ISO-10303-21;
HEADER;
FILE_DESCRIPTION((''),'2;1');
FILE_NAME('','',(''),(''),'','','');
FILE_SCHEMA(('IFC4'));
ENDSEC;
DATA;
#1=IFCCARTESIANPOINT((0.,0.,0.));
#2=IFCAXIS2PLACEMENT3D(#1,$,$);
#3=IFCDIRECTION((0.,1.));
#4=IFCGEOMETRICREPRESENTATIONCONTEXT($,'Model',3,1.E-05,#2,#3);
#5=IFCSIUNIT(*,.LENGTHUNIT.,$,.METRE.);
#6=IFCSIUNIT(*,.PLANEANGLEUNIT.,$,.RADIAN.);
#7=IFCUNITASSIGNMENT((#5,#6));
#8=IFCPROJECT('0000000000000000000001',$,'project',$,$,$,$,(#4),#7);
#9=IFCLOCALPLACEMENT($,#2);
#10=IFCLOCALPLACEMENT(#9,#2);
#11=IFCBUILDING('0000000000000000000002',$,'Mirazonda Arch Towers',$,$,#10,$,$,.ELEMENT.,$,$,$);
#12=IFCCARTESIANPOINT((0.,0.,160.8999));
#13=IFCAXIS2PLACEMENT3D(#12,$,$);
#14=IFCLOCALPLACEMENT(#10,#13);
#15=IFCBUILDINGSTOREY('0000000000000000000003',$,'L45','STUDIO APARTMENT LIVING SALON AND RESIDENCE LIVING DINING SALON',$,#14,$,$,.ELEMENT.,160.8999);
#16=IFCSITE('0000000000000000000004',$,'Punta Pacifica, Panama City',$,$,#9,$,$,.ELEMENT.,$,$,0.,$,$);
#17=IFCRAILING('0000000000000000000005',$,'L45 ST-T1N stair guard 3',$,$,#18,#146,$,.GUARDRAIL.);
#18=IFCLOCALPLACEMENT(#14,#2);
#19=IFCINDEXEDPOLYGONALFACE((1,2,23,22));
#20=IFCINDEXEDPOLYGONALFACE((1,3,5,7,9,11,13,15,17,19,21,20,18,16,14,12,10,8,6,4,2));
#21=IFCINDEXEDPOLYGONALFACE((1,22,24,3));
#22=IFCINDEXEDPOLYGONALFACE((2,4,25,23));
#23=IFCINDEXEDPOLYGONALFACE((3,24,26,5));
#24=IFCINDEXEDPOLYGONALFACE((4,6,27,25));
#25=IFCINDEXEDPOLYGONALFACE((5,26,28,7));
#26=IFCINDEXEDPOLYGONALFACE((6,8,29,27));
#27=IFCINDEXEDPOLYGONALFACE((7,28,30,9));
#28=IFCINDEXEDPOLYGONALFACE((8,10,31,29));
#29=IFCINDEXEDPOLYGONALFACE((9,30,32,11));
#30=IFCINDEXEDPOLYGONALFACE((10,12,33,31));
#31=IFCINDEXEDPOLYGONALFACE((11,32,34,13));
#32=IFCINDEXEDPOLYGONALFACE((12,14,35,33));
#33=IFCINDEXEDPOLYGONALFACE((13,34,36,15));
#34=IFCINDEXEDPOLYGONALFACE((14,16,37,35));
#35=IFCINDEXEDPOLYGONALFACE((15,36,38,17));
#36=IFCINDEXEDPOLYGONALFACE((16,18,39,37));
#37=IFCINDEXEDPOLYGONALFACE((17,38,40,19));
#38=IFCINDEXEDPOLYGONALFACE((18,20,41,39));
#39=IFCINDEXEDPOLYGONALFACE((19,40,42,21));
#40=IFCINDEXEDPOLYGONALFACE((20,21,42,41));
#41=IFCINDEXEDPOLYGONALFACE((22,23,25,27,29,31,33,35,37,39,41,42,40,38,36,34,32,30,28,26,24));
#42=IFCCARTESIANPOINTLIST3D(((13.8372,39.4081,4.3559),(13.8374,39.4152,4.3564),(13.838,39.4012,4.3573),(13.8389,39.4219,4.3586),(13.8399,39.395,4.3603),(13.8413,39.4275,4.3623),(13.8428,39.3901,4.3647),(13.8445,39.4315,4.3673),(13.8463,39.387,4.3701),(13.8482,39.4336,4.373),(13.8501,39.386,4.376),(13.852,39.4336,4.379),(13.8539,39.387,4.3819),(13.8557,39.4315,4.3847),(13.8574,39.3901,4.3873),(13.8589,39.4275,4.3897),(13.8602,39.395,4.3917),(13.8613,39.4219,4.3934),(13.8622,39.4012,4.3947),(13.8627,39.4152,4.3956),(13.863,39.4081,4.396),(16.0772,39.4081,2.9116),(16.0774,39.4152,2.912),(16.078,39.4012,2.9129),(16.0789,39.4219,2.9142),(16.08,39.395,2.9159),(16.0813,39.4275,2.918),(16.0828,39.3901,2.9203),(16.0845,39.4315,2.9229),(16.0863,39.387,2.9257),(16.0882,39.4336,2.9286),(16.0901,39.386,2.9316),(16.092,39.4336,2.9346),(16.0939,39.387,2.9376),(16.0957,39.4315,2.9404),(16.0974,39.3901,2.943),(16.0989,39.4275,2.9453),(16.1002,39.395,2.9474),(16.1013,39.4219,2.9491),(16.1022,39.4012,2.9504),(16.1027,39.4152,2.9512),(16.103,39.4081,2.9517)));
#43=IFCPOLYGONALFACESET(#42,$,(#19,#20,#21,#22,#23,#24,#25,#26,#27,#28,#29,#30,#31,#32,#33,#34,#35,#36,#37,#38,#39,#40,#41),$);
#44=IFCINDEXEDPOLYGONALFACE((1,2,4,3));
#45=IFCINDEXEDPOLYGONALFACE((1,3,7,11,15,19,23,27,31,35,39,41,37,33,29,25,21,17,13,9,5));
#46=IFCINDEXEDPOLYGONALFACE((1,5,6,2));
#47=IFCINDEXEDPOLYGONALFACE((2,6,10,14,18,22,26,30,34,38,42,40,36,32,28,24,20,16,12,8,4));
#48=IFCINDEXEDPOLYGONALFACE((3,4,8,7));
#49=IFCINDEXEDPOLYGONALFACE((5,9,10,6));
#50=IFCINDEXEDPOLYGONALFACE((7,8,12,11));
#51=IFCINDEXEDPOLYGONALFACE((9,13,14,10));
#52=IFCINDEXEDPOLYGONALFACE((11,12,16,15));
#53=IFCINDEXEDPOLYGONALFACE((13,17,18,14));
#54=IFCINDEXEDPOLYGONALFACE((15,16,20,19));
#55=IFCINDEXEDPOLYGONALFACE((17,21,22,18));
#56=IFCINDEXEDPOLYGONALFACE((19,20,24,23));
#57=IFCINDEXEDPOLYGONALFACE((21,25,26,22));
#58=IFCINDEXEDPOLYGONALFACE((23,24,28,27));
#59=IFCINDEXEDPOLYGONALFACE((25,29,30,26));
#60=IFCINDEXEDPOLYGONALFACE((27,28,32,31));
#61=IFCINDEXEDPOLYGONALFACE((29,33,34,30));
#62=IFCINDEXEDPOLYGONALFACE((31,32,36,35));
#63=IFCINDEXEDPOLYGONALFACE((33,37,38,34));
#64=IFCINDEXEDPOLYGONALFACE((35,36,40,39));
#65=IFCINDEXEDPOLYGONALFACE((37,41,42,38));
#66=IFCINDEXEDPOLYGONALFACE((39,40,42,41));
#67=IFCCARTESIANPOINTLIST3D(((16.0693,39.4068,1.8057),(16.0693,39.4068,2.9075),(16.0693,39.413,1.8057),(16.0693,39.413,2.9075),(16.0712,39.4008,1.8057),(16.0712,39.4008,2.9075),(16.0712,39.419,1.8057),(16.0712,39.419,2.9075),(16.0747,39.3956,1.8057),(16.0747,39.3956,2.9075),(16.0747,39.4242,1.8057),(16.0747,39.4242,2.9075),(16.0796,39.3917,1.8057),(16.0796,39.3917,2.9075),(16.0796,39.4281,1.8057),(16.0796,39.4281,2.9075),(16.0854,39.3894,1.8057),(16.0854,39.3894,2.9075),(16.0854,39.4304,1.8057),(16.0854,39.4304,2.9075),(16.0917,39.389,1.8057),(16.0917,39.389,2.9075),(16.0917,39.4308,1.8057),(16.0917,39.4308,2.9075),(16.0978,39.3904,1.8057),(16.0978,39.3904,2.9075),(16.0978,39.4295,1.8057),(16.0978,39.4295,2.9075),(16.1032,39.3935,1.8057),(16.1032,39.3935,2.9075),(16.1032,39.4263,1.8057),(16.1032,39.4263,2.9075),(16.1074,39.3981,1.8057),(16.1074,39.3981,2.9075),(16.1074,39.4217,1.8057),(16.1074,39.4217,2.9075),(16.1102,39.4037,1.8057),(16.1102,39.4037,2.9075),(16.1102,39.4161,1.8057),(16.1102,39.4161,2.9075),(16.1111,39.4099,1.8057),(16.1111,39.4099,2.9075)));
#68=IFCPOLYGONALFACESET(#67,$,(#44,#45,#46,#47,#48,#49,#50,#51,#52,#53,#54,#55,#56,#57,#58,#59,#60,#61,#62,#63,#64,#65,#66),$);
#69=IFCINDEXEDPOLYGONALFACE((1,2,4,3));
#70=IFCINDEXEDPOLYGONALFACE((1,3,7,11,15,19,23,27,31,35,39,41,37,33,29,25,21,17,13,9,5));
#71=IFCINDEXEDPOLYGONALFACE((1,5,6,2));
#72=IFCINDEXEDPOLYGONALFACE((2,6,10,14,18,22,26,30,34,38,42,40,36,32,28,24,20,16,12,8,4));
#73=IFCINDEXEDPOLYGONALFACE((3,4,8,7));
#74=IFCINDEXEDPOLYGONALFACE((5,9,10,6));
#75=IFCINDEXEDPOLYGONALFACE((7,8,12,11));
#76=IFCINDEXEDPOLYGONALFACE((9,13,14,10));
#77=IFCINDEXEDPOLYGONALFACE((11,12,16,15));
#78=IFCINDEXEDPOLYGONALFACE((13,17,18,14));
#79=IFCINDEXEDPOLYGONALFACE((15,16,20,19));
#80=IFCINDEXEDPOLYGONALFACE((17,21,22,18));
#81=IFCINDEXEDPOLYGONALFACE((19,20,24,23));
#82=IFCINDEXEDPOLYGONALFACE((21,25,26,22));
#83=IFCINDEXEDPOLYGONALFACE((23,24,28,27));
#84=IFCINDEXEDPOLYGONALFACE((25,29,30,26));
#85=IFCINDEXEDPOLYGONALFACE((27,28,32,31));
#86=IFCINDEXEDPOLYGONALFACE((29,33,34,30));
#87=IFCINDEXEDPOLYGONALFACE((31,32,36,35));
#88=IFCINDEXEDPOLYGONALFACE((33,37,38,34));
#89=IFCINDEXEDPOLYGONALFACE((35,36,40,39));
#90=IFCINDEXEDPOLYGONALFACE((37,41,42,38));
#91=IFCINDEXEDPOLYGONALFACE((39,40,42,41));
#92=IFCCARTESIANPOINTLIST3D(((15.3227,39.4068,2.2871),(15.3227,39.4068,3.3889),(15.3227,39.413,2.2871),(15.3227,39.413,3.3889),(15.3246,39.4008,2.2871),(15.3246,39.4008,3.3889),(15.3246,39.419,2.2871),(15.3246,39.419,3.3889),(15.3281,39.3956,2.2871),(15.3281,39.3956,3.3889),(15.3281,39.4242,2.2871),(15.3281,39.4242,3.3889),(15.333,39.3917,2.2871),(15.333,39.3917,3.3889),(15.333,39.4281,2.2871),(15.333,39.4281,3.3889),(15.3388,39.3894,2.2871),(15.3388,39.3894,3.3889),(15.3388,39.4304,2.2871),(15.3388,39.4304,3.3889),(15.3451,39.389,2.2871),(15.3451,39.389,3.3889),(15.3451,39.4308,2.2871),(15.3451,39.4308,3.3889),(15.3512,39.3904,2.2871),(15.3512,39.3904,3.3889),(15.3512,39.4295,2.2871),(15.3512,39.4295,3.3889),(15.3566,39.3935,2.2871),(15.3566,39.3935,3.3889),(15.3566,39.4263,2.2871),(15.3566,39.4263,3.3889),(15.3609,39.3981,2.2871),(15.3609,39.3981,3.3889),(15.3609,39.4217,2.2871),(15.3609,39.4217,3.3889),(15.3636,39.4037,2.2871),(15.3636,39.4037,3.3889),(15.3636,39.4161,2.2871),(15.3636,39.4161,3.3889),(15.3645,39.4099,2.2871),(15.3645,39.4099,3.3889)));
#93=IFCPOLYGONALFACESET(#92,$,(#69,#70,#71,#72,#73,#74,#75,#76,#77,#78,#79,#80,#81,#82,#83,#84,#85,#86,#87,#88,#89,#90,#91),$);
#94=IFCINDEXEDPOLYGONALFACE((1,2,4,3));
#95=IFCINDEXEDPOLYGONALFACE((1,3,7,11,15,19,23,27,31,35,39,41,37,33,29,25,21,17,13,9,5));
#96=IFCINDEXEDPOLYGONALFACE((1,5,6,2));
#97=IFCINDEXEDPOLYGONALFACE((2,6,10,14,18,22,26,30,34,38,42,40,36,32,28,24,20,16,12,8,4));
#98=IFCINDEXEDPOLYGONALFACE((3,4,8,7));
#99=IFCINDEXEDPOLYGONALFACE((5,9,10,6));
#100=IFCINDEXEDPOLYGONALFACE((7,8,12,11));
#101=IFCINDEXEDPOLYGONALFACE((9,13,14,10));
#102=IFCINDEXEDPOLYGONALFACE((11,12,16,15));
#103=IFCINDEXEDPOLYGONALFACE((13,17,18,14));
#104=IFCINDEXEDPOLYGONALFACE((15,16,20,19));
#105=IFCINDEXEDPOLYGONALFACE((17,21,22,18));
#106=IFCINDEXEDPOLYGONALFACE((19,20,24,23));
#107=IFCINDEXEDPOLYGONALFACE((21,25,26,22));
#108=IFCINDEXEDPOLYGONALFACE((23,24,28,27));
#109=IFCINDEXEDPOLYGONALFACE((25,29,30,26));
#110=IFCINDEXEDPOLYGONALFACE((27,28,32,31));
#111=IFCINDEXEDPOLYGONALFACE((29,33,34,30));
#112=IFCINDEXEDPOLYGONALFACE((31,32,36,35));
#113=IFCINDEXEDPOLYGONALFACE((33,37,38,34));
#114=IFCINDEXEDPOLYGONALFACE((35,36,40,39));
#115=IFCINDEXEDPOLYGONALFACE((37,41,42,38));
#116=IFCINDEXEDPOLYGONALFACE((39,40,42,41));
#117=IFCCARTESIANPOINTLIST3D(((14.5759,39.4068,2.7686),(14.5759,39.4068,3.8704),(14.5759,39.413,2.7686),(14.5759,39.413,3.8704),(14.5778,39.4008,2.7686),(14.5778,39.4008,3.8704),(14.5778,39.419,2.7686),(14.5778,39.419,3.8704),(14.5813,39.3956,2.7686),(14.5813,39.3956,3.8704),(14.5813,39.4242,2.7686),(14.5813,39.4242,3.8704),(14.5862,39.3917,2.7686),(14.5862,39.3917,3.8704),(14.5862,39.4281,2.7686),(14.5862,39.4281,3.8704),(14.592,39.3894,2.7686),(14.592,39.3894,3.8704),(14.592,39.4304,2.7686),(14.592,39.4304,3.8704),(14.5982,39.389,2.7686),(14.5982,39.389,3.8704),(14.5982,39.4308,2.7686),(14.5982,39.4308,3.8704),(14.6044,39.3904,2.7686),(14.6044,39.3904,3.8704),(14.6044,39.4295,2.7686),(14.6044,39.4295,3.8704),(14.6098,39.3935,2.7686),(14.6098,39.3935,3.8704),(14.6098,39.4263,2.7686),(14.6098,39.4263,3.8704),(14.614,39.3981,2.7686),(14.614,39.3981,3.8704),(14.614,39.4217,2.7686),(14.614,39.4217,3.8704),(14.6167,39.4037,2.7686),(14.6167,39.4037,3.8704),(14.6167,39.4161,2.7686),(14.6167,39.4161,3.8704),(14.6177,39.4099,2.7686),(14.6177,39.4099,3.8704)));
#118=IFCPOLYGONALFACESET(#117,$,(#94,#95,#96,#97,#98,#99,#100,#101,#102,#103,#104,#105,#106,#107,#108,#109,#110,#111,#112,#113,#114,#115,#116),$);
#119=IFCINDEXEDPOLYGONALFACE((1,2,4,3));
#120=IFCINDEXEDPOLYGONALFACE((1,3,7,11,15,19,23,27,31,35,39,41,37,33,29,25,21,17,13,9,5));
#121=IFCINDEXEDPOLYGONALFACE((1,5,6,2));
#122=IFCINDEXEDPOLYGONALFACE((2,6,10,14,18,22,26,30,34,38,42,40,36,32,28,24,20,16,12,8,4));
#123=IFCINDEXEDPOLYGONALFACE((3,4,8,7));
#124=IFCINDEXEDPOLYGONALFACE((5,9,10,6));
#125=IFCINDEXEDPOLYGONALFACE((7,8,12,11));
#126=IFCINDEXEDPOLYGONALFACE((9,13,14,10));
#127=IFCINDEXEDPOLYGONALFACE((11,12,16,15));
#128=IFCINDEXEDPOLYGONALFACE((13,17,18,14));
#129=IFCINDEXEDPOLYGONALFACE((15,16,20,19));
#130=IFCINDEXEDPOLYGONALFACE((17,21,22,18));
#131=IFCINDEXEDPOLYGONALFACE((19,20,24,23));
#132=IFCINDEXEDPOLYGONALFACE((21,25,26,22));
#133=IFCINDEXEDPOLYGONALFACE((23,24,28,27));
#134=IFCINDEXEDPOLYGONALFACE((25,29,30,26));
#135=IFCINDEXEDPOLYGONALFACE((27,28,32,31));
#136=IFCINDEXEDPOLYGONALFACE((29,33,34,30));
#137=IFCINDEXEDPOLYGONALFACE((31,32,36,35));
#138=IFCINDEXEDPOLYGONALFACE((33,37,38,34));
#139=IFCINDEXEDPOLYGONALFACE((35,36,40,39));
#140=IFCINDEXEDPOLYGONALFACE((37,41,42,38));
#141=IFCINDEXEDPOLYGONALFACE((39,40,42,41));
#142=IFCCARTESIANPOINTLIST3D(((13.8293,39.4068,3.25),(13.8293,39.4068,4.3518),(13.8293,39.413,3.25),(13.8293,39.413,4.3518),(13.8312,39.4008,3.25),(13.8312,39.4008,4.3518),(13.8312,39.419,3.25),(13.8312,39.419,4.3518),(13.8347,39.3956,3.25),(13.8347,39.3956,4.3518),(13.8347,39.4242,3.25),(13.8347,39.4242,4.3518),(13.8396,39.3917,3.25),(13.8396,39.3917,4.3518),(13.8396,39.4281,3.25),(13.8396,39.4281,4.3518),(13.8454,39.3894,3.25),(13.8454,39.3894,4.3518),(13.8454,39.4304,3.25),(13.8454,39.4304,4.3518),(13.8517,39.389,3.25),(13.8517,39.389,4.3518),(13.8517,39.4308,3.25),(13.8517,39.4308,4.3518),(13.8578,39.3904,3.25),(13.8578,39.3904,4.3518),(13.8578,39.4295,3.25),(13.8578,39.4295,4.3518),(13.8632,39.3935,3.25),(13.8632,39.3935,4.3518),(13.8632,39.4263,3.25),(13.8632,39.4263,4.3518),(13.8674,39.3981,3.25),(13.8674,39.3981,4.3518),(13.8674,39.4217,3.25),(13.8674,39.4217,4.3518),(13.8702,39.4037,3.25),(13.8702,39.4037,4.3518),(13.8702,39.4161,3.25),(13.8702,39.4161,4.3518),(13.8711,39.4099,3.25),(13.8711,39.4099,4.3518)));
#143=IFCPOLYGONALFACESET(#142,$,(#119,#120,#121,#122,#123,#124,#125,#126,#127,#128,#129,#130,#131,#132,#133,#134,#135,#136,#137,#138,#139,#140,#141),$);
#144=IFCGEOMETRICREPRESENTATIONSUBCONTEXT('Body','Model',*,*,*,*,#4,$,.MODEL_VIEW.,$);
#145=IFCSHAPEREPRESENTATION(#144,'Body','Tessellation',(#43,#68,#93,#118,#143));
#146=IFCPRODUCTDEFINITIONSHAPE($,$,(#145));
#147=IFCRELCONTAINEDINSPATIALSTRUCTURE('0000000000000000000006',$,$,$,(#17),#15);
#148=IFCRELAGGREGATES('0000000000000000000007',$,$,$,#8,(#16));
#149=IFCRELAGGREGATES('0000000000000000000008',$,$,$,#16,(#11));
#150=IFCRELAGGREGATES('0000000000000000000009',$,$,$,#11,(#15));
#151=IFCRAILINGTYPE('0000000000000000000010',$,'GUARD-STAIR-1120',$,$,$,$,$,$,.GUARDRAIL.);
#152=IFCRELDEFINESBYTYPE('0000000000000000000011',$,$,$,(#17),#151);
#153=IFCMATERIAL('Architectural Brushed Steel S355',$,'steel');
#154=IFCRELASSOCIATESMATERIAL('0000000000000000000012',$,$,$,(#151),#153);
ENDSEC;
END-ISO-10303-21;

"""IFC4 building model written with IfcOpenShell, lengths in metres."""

from ifc_helpers import new_model, si_unit, direction, frame, origin, origin_2d, place, context, subcontext, project, spatial, circle, extrude, material, type_object, element, save


model = new_model("IFC4")

# Units and contexts
model_context = context("Model", 3, precision=1e-05, world=origin(), true_north=direction((0.0, 1.0)))
body_context = subcontext(model_context, "Body", "Model", "MODEL_VIEW")
ifc_project = project(units=[si_unit("LENGTHUNIT", "METRE"), si_unit("PLANEANGLEUNIT", "RADIAN")], contexts=[model_context])

# Site, building, storey
site_placement = place(None, origin())
site = spatial("IfcSite", under=ifc_project, at=site_placement, Name="Punta Pacifica, Panama City", CompositionType="ELEMENT", RefElevation=0.0)
building_placement = place(site_placement, origin())
building = spatial("IfcBuilding", under=site, at=building_placement, Name="Mirazonda Arch Towers", CompositionType="ELEMENT")
storey_placement = place(building_placement, frame((0.0, 0.0, 160.8999)))
storey = spatial("IfcBuildingStorey", under=building, at=storey_placement, Name="L45", Description="STUDIO APARTMENT LIVING SALON AND RESIDENCE LIVING DINING SALON", CompositionType="ELEMENT", Elevation=160.8999)

# Shared definitions
ifc_material_1 = material(Name="Architectural Brushed Steel S355", Category="steel")

# Railing
railing_type_1 = type_object("IfcRailingType", Name="GUARD-STAIR-1120", PredefinedType="GUARDRAIL", material=ifc_material_1)
railing_1_placement = place(storey_placement, frame((16.0901, 39.4099, 1.8057)))
element("IfcRailing", 1, at=railing_1_placement, inside=storey, type_object=railing_type_1, Name="L45 ST-T1N stair guard 3", PredefinedType="GUARDRAIL", context=body_context, shape_type="SweptSolid", body=[
    extrude(circle(Radius=0.0239, at=origin_2d()), frame((0.0, 0.0, 1.126), z_axis=(-0.840437, 0.0, 0.54191), x_axis=(0.0, -1.0, 0.0)), (0.0, 0.0, 1.0), 2.6653),
    extrude(circle(Radius=0.021, at=origin_2d()), origin(), (0.0, 0.0, 1.0), 1.1018),
    extrude(circle(Radius=0.021, at=origin_2d()), frame((-0.7466, 0.0, 0.4814)), (0.0, 0.0, 1.0), 1.1018),
    extrude(circle(Radius=0.021, at=origin_2d()), frame((-1.4934, 0.0, 0.9629)), (0.0, 0.0, 1.0), 1.1018),
    extrude(circle(Radius=0.021, at=origin_2d()), frame((-2.24, 0.0, 1.4443)), (0.0, 0.0, 1.0), 1.1018),
])

save(model, "model.ifc")
